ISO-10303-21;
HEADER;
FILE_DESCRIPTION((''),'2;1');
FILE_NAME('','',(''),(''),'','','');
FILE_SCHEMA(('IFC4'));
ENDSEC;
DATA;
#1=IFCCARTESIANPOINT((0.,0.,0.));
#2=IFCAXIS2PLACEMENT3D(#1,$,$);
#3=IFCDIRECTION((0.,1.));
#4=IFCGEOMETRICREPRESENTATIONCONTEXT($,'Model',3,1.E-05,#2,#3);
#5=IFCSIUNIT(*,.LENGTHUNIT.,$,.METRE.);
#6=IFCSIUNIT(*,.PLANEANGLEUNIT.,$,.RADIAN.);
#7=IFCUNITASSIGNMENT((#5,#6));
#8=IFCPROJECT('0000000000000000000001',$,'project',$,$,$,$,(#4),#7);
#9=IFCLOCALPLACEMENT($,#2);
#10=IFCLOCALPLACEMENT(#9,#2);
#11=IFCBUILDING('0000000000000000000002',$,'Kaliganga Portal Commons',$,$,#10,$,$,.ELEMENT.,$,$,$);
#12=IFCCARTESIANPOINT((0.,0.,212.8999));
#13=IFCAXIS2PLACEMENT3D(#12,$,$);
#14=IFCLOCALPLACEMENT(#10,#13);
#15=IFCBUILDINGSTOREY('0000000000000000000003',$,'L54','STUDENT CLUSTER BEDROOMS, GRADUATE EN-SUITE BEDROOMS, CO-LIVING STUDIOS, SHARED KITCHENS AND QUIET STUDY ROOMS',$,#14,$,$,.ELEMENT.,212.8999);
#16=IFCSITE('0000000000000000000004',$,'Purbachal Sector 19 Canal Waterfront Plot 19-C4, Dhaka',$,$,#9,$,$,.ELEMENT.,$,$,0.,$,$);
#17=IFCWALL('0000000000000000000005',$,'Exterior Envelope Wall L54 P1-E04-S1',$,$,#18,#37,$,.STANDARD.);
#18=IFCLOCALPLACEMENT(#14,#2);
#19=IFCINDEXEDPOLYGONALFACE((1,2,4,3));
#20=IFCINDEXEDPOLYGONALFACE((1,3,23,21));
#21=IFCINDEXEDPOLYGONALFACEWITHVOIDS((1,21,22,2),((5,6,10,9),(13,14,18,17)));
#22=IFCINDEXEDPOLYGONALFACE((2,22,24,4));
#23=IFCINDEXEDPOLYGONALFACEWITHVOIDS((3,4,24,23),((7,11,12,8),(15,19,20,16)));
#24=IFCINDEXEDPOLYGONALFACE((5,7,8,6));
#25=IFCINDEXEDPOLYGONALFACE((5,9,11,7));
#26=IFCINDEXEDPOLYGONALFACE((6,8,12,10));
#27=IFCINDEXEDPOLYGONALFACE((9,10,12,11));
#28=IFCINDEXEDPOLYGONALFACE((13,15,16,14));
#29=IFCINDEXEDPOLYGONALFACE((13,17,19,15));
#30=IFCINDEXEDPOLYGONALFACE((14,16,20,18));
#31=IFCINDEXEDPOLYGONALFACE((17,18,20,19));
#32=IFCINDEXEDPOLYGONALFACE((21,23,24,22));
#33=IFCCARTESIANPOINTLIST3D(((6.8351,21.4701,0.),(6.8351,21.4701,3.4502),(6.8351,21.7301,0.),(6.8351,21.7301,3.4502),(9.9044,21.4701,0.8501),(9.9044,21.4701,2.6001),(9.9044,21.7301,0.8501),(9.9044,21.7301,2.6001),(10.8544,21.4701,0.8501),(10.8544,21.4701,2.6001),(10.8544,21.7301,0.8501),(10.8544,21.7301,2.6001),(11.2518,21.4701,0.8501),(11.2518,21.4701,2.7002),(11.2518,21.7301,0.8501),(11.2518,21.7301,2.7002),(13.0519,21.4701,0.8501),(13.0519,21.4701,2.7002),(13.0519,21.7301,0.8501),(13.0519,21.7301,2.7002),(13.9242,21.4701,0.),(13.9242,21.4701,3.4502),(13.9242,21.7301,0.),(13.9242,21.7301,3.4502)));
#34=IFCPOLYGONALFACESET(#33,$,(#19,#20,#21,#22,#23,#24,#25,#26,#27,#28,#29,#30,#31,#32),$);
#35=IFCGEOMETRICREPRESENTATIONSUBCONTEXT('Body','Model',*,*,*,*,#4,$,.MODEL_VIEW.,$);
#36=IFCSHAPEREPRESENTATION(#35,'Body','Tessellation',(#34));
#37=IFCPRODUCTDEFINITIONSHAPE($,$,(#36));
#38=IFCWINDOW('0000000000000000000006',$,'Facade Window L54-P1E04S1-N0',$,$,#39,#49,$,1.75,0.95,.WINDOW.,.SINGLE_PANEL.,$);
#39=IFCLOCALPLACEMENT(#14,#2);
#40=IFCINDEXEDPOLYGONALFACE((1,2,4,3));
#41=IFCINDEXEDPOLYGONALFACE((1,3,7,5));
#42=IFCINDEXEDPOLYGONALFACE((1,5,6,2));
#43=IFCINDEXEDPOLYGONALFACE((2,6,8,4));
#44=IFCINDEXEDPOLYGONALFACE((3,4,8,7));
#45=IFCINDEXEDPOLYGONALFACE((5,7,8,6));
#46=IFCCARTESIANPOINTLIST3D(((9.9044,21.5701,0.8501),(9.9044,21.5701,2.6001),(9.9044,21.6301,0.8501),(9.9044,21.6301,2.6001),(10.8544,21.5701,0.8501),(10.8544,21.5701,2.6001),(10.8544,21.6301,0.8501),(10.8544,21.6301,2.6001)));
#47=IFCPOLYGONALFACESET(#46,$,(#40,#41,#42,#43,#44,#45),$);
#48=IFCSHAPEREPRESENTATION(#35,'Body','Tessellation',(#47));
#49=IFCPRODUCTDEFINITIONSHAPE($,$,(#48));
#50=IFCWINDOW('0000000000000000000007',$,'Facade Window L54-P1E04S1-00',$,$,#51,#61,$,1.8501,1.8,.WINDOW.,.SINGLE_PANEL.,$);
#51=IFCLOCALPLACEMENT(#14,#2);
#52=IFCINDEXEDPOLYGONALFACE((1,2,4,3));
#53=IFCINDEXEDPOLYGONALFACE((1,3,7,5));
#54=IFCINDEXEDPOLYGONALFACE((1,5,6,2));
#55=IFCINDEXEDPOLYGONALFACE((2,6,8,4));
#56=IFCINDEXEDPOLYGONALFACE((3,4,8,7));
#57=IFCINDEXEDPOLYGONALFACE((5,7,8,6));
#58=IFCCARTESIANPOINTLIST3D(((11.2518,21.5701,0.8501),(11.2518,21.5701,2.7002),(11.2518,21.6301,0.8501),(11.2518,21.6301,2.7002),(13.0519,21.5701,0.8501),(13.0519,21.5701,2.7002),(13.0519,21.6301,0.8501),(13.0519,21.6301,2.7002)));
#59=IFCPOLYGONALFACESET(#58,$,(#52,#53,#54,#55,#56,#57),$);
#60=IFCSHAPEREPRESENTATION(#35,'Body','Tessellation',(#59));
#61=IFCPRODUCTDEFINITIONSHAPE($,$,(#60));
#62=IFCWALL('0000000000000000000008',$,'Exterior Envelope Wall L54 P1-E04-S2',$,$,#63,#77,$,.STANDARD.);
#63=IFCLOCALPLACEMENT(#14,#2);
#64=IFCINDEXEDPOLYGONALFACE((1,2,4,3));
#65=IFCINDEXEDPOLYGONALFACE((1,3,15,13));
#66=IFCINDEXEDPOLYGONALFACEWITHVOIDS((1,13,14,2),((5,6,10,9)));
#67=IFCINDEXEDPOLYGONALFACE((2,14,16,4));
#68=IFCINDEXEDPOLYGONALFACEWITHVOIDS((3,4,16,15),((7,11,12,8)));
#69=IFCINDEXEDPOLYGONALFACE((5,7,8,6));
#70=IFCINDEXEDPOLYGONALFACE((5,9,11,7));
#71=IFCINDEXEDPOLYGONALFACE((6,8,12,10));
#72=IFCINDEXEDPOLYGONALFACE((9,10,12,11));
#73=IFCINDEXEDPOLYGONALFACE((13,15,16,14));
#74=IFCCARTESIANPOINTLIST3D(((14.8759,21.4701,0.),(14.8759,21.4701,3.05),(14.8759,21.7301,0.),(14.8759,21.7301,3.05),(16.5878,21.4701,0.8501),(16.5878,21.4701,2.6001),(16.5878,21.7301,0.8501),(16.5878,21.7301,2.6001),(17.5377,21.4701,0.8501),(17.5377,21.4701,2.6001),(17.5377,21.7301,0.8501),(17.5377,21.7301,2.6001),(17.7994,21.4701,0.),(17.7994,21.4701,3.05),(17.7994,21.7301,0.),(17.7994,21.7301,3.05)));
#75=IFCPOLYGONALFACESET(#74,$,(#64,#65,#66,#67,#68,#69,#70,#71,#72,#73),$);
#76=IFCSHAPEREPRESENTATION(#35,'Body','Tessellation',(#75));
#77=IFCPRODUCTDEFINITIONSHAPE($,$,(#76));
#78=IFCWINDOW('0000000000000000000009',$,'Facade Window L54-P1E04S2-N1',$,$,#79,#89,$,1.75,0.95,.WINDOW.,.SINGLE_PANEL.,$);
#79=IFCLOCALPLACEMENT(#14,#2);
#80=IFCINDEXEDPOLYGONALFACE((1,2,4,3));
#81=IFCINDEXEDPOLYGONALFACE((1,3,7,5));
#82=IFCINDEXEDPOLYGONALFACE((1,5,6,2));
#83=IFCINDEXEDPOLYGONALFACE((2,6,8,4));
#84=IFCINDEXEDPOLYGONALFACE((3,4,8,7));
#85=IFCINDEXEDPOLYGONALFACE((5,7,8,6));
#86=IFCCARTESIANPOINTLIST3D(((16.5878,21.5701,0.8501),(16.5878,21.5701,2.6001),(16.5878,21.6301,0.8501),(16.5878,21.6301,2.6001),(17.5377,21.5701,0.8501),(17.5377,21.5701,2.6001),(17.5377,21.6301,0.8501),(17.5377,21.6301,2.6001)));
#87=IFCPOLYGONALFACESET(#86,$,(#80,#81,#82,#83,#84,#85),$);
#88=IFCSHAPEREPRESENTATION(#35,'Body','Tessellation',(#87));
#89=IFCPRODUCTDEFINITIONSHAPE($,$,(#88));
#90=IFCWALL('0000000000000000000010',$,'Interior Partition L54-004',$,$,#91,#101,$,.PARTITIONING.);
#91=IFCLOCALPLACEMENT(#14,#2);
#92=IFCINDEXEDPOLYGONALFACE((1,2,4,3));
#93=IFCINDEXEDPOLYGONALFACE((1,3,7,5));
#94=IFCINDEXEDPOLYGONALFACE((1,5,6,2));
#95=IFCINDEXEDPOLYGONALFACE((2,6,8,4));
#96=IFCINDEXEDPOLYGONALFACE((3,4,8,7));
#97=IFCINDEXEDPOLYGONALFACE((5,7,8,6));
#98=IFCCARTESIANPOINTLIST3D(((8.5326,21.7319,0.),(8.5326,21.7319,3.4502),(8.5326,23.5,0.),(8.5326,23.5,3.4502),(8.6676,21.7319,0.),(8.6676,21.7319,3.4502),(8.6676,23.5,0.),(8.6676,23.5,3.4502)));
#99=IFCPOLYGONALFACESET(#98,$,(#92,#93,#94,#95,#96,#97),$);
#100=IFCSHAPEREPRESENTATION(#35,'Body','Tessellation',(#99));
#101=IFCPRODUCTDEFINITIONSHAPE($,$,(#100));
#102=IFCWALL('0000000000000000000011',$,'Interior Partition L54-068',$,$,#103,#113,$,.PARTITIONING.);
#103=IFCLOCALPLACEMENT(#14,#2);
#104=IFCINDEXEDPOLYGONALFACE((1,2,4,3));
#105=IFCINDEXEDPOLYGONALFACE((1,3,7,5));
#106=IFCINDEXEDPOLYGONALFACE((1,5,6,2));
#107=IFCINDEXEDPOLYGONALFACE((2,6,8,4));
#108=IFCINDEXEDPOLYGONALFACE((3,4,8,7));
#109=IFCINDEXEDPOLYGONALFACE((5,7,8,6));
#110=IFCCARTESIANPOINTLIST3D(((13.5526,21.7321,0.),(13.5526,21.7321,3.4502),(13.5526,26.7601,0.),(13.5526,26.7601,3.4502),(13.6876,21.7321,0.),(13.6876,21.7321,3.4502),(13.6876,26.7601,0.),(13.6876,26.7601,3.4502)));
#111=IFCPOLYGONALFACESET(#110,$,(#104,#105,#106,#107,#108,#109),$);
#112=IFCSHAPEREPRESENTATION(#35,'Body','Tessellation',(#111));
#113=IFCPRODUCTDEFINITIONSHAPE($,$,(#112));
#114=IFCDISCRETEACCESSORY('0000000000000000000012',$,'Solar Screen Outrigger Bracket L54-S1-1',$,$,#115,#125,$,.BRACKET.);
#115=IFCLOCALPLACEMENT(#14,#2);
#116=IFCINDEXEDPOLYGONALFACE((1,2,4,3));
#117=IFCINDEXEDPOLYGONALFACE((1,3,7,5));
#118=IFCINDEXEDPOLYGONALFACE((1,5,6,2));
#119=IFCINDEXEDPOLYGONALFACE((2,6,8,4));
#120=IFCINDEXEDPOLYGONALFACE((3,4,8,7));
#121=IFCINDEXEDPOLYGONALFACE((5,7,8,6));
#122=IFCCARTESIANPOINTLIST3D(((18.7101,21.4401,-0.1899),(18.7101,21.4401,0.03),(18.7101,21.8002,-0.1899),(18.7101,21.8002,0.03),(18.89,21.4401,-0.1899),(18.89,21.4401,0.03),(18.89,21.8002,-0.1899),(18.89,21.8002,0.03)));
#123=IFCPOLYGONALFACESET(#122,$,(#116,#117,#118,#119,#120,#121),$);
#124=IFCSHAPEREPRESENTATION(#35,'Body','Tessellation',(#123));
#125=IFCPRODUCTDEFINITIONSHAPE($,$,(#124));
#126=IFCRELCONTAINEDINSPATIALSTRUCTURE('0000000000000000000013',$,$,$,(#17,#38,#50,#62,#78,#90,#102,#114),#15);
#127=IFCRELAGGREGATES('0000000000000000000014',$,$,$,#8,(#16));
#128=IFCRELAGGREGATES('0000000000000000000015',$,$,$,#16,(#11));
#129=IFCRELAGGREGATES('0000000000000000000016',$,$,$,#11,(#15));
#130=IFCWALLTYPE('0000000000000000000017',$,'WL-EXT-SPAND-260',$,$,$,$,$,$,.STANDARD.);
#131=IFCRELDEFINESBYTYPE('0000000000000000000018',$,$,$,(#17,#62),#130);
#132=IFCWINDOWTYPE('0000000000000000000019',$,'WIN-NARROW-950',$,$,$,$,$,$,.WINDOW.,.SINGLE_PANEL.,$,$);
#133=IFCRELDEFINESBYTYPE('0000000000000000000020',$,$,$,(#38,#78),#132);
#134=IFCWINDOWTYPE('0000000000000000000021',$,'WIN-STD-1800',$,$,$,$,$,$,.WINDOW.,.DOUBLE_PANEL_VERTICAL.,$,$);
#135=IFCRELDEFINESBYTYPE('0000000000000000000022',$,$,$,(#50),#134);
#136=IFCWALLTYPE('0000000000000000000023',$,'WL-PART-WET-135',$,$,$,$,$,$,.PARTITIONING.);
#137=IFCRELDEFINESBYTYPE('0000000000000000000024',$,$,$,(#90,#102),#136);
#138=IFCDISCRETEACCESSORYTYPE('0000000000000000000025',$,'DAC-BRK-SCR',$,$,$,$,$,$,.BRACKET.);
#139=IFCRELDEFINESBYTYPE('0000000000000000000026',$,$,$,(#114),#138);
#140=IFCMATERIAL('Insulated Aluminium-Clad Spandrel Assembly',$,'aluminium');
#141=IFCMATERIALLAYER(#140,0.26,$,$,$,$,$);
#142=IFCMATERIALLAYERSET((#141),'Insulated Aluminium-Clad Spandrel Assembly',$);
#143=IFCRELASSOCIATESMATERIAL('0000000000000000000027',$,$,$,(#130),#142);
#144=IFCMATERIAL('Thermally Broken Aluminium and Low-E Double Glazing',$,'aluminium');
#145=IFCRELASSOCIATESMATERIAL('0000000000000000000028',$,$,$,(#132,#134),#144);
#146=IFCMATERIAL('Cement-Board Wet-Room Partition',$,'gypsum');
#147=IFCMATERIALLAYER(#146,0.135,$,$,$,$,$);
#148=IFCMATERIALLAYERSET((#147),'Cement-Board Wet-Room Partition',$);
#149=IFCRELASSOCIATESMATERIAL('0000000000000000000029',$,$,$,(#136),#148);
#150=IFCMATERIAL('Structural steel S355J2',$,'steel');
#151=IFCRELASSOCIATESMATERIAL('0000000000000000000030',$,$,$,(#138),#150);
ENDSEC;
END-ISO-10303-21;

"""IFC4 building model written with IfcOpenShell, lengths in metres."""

from ifc_helpers import new_model, si_unit, direction, frame, frame_2d, origin, origin_2d, place, context, subcontext, project, spatial, rectangle, extrude, source, transform, mapped, material, layer, layer_set, type_object, element, fill, save


model = new_model("IFC4")

# Units and contexts
model_context = context("Model", 3, precision=1e-05, world=origin(), true_north=direction((0.0, 1.0)))
body_context = subcontext(model_context, "Body", "Model", "MODEL_VIEW")
ifc_project = project(units=[si_unit("LENGTHUNIT", "METRE"), si_unit("PLANEANGLEUNIT", "RADIAN")], contexts=[model_context])

# Site, building, storey
site_placement = place(None, origin())
site = spatial("IfcSite", under=ifc_project, at=site_placement, Name="Purbachal Sector 19 Canal Waterfront Plot 19-C4, Dhaka", CompositionType="ELEMENT", RefElevation=0.0)
building_placement = place(site_placement, origin())
building = spatial("IfcBuilding", under=site, at=building_placement, Name="Kaliganga Portal Commons", CompositionType="ELEMENT")
storey_placement = place(building_placement, frame((0.0, 0.0, 212.8999)))
storey = spatial("IfcBuildingStorey", under=building, at=storey_placement, Name="L54", Description="STUDENT CLUSTER BEDROOMS, GRADUATE EN-SUITE BEDROOMS, CO-LIVING STUDIOS, SHARED KITCHENS AND QUIET STUDY ROOMS", CompositionType="ELEMENT", Elevation=212.8999)

# Shared definitions
ifc_material_1 = material(Name="Structural steel S355J2", Category="steel")

# Shared definitions
ifc_material_2 = material(Name="Insulated Aluminium-Clad Spandrel Assembly", Category="aluminium")
ifc_layer_1 = layer(ifc_material_2, 0.26)
ifc_layer_set_1 = layer_set([ifc_layer_1], Name="Insulated Aluminium-Clad Spandrel Assembly")
wall_type_1 = type_object("IfcWallType", Name="WL-EXT-SPAND-260", PredefinedType="STANDARD", material=ifc_layer_set_1)
ifc_material_3 = material(Name="Thermally Broken Aluminium and Low-E Double Glazing", Category="aluminium")
window_type_1 = type_object("IfcWindowType", Name="WIN-NARROW-950", PartitioningType="SINGLE_PANEL", PredefinedType="WINDOW", material=ifc_material_3)

# Wall, openings, windows
wall_1_placement = place(storey_placement, frame((13.9241, 21.6001, 0.0), z_axis=(0.0, 0.0, 1.0), x_axis=(-1.0, 0.0, 0.0)))
wall_1 = element("IfcWall", 1, at=wall_1_placement, inside=storey, type_object=wall_type_1, Name="Exterior Envelope Wall L54 P1-E04-S1", PredefinedType="STANDARD", context=body_context, shape_type="SweptSolid", body=[
    extrude(rectangle(XDim=7.0891, YDim=0.26, at=frame_2d((3.5444, 0.0))), origin(), (0.0, 0.0, 1.0), 3.4502),
])
opening_1_placement = place(wall_1_placement, frame((0.8723, 0.0, 0.8501)))
opening_1 = element("IfcOpeningElement", 2, at=opening_1_placement, cuts=wall_1, PredefinedType="OPENING", context=body_context, shape_type="SweptSolid", body=[
    extrude(rectangle(XDim=1.8, YDim=1.8501, at=frame_2d((0.8999, 0.925))), frame((0.0, 0.1401, 0.0), z_axis=(0.0, -1.0, 0.0), x_axis=(1.0, 0.0, 0.0)), (0.0, 0.0, 1.0), 0.28),
])
opening_2_placement = place(wall_1_placement, frame((3.0696, 0.0, 0.8501)))
opening_2 = element("IfcOpeningElement", 3, at=opening_2_placement, cuts=wall_1, PredefinedType="OPENING", context=body_context, shape_type="SweptSolid", body=[
    extrude(rectangle(XDim=0.95, YDim=1.75, at=frame_2d((0.4751, 0.875))), frame((0.0, 0.1401, 0.0), z_axis=(0.0, -1.0, 0.0), x_axis=(1.0, 0.0, 0.0)), (0.0, 0.0, 1.0), 0.28),
])
window_1_placement = place(opening_2_placement, origin())
window_1 = element("IfcWindow", 4, at=window_1_placement, inside=storey, type_object=window_type_1, Name="Facade Window L54-P1E04S1-N0", OverallHeight=1.75, OverallWidth=0.95, PartitioningType="SINGLE_PANEL", PredefinedType="WINDOW", context=body_context, shape_type="SweptSolid", body=[
    extrude(rectangle(XDim=0.95, YDim=1.75, at=frame_2d((0.4751, 0.875))), frame((0.0, 0.03, 0.0), z_axis=(0.0, -1.0, 0.0), x_axis=(1.0, 0.0, 0.0)), (0.0, 0.0, 1.0), 0.0601),
])
fill(opening_2, window_1)
window_type_2 = type_object("IfcWindowType", Name="WIN-STD-1800", PartitioningType="DOUBLE_PANEL_VERTICAL", PredefinedType="WINDOW", material=ifc_material_3)
window_2_placement = place(opening_1_placement, origin())
window_2 = element("IfcWindow", 5, at=window_2_placement, inside=storey, type_object=window_type_2, Name="Facade Window L54-P1E04S1-00", OverallHeight=1.8501, OverallWidth=1.8, PartitioningType="SINGLE_PANEL", PredefinedType="WINDOW", context=body_context, shape_type="SweptSolid", body=[
    extrude(rectangle(XDim=1.8, YDim=1.8501, at=frame_2d((0.8999, 0.925))), frame((0.0, 0.03, 0.0), z_axis=(0.0, -1.0, 0.0), x_axis=(1.0, 0.0, 0.0)), (0.0, 0.0, 1.0), 0.0601),
])
fill(opening_1, window_2)

# Wall, opening, window
wall_2_placement = place(storey_placement, frame((17.7996, 21.6001, 0.0), z_axis=(0.0, 0.0, 1.0), x_axis=(-1.0, 0.0, 0.0)))
wall_2 = element("IfcWall", 6, at=wall_2_placement, inside=storey, type_object=wall_type_1, Name="Exterior Envelope Wall L54 P1-E04-S2", PredefinedType="STANDARD", context=body_context, shape_type="SweptSolid", body=[
    extrude(rectangle(XDim=2.9236, YDim=0.26, at=frame_2d((1.4619, 0.0))), origin(), (0.0, 0.0, 1.0), 3.05),
])
opening_3_placement = place(wall_2_placement, frame((0.2617, 0.0, 0.8501)))
opening_3 = element("IfcOpeningElement", 7, at=opening_3_placement, cuts=wall_2, PredefinedType="OPENING", context=body_context, shape_type="SweptSolid", body=[
    extrude(rectangle(XDim=0.95, YDim=1.75, at=frame_2d((0.4751, 0.875))), frame((0.0, 0.1401, 0.0), z_axis=(0.0, -1.0, 0.0), x_axis=(1.0, 0.0, 0.0)), (0.0, 0.0, 1.0), 0.28),
])
window_3_placement = place(opening_3_placement, origin())
window_3 = element("IfcWindow", 8, at=window_3_placement, inside=storey, type_object=window_type_1, Name="Facade Window L54-P1E04S2-N1", OverallHeight=1.75, OverallWidth=0.95, PartitioningType="SINGLE_PANEL", PredefinedType="WINDOW", context=body_context, shape_type="SweptSolid", body=[
    extrude(rectangle(XDim=0.95, YDim=1.75, at=frame_2d((0.4751, 0.875))), frame((0.0, 0.03, 0.0), z_axis=(0.0, -1.0, 0.0), x_axis=(1.0, 0.0, 0.0)), (0.0, 0.0, 1.0), 0.0601),
])
fill(opening_3, window_3)

# Walls
ifc_material_4 = material(Name="Cement-Board Wet-Room Partition", Category="gypsum")
ifc_layer_2 = layer(ifc_material_4, 0.135)
ifc_layer_set_2 = layer_set([ifc_layer_2], Name="Cement-Board Wet-Room Partition")
wall_type_2 = type_object("IfcWallType", Name="WL-PART-WET-135", PredefinedType="PARTITIONING", material=ifc_layer_set_2)
wall_3_placement = place(storey_placement, frame((8.6001, 21.7319, 0.0), z_axis=(0.0, 0.0, 1.0), x_axis=(0.0, 1.0, 0.0)))
element("IfcWall", 9, at=wall_3_placement, inside=storey, type_object=wall_type_2, Name="Interior Partition L54-004", PredefinedType="PARTITIONING", context=body_context, shape_type="SweptSolid", body=[
    extrude(rectangle(XDim=1.7681, YDim=0.135, at=frame_2d((0.884, 0.0))), origin(), (0.0, 0.0, 1.0), 3.4502),
])
wall_4_placement = place(storey_placement, frame((13.6201, 21.7319, 0.0), z_axis=(0.0, 0.0, 1.0), x_axis=(0.0, 1.0, 0.0)))
element("IfcWall", 10, at=wall_4_placement, inside=storey, type_object=wall_type_2, Name="Interior Partition L54-068", PredefinedType="PARTITIONING", context=body_context, shape_type="SweptSolid", body=[
    extrude(rectangle(XDim=5.0281, YDim=0.135, at=frame_2d((2.5142, 0.0))), origin(), (0.0, 0.0, 1.0), 3.4502),
])

# Discrete accessory
discrete_accessory_type = type_object("IfcDiscreteAccessoryType", Name="DAC-BRK-SCR", PredefinedType="BRACKET", material=ifc_material_1)
shared_shape_1 = source(origin(), body_context, "Body", "SweptSolid", [
    extrude(rectangle(XDim=0.1799, YDim=0.3601, at=origin_2d()), origin(), (0.0, 0.0, 1.0), 0.22),
])
discrete_accessory_placement = place(storey_placement, frame((18.8, 21.6201, -0.1899), z_axis=(0.0, 0.0, 1.0), x_axis=(1.0, 0.0, 0.0)))
element("IfcDiscreteAccessory", 11, at=discrete_accessory_placement, inside=storey, type_object=discrete_accessory_type, Name="Solar Screen Outrigger Bracket L54-S1-1", PredefinedType="BRACKET", context=body_context, shape_type="MappedRepresentation", body=[
    mapped(shared_shape_1, transform((0.0, 0.0, 0.0), x_axis=(1.0, 0.0, 0.0), y_axis=(0.0, 1.0, 0.0), z_axis=(0.0, 0.0, 1.0), scale=1.0)),
])

save(model, "model.ifc")
